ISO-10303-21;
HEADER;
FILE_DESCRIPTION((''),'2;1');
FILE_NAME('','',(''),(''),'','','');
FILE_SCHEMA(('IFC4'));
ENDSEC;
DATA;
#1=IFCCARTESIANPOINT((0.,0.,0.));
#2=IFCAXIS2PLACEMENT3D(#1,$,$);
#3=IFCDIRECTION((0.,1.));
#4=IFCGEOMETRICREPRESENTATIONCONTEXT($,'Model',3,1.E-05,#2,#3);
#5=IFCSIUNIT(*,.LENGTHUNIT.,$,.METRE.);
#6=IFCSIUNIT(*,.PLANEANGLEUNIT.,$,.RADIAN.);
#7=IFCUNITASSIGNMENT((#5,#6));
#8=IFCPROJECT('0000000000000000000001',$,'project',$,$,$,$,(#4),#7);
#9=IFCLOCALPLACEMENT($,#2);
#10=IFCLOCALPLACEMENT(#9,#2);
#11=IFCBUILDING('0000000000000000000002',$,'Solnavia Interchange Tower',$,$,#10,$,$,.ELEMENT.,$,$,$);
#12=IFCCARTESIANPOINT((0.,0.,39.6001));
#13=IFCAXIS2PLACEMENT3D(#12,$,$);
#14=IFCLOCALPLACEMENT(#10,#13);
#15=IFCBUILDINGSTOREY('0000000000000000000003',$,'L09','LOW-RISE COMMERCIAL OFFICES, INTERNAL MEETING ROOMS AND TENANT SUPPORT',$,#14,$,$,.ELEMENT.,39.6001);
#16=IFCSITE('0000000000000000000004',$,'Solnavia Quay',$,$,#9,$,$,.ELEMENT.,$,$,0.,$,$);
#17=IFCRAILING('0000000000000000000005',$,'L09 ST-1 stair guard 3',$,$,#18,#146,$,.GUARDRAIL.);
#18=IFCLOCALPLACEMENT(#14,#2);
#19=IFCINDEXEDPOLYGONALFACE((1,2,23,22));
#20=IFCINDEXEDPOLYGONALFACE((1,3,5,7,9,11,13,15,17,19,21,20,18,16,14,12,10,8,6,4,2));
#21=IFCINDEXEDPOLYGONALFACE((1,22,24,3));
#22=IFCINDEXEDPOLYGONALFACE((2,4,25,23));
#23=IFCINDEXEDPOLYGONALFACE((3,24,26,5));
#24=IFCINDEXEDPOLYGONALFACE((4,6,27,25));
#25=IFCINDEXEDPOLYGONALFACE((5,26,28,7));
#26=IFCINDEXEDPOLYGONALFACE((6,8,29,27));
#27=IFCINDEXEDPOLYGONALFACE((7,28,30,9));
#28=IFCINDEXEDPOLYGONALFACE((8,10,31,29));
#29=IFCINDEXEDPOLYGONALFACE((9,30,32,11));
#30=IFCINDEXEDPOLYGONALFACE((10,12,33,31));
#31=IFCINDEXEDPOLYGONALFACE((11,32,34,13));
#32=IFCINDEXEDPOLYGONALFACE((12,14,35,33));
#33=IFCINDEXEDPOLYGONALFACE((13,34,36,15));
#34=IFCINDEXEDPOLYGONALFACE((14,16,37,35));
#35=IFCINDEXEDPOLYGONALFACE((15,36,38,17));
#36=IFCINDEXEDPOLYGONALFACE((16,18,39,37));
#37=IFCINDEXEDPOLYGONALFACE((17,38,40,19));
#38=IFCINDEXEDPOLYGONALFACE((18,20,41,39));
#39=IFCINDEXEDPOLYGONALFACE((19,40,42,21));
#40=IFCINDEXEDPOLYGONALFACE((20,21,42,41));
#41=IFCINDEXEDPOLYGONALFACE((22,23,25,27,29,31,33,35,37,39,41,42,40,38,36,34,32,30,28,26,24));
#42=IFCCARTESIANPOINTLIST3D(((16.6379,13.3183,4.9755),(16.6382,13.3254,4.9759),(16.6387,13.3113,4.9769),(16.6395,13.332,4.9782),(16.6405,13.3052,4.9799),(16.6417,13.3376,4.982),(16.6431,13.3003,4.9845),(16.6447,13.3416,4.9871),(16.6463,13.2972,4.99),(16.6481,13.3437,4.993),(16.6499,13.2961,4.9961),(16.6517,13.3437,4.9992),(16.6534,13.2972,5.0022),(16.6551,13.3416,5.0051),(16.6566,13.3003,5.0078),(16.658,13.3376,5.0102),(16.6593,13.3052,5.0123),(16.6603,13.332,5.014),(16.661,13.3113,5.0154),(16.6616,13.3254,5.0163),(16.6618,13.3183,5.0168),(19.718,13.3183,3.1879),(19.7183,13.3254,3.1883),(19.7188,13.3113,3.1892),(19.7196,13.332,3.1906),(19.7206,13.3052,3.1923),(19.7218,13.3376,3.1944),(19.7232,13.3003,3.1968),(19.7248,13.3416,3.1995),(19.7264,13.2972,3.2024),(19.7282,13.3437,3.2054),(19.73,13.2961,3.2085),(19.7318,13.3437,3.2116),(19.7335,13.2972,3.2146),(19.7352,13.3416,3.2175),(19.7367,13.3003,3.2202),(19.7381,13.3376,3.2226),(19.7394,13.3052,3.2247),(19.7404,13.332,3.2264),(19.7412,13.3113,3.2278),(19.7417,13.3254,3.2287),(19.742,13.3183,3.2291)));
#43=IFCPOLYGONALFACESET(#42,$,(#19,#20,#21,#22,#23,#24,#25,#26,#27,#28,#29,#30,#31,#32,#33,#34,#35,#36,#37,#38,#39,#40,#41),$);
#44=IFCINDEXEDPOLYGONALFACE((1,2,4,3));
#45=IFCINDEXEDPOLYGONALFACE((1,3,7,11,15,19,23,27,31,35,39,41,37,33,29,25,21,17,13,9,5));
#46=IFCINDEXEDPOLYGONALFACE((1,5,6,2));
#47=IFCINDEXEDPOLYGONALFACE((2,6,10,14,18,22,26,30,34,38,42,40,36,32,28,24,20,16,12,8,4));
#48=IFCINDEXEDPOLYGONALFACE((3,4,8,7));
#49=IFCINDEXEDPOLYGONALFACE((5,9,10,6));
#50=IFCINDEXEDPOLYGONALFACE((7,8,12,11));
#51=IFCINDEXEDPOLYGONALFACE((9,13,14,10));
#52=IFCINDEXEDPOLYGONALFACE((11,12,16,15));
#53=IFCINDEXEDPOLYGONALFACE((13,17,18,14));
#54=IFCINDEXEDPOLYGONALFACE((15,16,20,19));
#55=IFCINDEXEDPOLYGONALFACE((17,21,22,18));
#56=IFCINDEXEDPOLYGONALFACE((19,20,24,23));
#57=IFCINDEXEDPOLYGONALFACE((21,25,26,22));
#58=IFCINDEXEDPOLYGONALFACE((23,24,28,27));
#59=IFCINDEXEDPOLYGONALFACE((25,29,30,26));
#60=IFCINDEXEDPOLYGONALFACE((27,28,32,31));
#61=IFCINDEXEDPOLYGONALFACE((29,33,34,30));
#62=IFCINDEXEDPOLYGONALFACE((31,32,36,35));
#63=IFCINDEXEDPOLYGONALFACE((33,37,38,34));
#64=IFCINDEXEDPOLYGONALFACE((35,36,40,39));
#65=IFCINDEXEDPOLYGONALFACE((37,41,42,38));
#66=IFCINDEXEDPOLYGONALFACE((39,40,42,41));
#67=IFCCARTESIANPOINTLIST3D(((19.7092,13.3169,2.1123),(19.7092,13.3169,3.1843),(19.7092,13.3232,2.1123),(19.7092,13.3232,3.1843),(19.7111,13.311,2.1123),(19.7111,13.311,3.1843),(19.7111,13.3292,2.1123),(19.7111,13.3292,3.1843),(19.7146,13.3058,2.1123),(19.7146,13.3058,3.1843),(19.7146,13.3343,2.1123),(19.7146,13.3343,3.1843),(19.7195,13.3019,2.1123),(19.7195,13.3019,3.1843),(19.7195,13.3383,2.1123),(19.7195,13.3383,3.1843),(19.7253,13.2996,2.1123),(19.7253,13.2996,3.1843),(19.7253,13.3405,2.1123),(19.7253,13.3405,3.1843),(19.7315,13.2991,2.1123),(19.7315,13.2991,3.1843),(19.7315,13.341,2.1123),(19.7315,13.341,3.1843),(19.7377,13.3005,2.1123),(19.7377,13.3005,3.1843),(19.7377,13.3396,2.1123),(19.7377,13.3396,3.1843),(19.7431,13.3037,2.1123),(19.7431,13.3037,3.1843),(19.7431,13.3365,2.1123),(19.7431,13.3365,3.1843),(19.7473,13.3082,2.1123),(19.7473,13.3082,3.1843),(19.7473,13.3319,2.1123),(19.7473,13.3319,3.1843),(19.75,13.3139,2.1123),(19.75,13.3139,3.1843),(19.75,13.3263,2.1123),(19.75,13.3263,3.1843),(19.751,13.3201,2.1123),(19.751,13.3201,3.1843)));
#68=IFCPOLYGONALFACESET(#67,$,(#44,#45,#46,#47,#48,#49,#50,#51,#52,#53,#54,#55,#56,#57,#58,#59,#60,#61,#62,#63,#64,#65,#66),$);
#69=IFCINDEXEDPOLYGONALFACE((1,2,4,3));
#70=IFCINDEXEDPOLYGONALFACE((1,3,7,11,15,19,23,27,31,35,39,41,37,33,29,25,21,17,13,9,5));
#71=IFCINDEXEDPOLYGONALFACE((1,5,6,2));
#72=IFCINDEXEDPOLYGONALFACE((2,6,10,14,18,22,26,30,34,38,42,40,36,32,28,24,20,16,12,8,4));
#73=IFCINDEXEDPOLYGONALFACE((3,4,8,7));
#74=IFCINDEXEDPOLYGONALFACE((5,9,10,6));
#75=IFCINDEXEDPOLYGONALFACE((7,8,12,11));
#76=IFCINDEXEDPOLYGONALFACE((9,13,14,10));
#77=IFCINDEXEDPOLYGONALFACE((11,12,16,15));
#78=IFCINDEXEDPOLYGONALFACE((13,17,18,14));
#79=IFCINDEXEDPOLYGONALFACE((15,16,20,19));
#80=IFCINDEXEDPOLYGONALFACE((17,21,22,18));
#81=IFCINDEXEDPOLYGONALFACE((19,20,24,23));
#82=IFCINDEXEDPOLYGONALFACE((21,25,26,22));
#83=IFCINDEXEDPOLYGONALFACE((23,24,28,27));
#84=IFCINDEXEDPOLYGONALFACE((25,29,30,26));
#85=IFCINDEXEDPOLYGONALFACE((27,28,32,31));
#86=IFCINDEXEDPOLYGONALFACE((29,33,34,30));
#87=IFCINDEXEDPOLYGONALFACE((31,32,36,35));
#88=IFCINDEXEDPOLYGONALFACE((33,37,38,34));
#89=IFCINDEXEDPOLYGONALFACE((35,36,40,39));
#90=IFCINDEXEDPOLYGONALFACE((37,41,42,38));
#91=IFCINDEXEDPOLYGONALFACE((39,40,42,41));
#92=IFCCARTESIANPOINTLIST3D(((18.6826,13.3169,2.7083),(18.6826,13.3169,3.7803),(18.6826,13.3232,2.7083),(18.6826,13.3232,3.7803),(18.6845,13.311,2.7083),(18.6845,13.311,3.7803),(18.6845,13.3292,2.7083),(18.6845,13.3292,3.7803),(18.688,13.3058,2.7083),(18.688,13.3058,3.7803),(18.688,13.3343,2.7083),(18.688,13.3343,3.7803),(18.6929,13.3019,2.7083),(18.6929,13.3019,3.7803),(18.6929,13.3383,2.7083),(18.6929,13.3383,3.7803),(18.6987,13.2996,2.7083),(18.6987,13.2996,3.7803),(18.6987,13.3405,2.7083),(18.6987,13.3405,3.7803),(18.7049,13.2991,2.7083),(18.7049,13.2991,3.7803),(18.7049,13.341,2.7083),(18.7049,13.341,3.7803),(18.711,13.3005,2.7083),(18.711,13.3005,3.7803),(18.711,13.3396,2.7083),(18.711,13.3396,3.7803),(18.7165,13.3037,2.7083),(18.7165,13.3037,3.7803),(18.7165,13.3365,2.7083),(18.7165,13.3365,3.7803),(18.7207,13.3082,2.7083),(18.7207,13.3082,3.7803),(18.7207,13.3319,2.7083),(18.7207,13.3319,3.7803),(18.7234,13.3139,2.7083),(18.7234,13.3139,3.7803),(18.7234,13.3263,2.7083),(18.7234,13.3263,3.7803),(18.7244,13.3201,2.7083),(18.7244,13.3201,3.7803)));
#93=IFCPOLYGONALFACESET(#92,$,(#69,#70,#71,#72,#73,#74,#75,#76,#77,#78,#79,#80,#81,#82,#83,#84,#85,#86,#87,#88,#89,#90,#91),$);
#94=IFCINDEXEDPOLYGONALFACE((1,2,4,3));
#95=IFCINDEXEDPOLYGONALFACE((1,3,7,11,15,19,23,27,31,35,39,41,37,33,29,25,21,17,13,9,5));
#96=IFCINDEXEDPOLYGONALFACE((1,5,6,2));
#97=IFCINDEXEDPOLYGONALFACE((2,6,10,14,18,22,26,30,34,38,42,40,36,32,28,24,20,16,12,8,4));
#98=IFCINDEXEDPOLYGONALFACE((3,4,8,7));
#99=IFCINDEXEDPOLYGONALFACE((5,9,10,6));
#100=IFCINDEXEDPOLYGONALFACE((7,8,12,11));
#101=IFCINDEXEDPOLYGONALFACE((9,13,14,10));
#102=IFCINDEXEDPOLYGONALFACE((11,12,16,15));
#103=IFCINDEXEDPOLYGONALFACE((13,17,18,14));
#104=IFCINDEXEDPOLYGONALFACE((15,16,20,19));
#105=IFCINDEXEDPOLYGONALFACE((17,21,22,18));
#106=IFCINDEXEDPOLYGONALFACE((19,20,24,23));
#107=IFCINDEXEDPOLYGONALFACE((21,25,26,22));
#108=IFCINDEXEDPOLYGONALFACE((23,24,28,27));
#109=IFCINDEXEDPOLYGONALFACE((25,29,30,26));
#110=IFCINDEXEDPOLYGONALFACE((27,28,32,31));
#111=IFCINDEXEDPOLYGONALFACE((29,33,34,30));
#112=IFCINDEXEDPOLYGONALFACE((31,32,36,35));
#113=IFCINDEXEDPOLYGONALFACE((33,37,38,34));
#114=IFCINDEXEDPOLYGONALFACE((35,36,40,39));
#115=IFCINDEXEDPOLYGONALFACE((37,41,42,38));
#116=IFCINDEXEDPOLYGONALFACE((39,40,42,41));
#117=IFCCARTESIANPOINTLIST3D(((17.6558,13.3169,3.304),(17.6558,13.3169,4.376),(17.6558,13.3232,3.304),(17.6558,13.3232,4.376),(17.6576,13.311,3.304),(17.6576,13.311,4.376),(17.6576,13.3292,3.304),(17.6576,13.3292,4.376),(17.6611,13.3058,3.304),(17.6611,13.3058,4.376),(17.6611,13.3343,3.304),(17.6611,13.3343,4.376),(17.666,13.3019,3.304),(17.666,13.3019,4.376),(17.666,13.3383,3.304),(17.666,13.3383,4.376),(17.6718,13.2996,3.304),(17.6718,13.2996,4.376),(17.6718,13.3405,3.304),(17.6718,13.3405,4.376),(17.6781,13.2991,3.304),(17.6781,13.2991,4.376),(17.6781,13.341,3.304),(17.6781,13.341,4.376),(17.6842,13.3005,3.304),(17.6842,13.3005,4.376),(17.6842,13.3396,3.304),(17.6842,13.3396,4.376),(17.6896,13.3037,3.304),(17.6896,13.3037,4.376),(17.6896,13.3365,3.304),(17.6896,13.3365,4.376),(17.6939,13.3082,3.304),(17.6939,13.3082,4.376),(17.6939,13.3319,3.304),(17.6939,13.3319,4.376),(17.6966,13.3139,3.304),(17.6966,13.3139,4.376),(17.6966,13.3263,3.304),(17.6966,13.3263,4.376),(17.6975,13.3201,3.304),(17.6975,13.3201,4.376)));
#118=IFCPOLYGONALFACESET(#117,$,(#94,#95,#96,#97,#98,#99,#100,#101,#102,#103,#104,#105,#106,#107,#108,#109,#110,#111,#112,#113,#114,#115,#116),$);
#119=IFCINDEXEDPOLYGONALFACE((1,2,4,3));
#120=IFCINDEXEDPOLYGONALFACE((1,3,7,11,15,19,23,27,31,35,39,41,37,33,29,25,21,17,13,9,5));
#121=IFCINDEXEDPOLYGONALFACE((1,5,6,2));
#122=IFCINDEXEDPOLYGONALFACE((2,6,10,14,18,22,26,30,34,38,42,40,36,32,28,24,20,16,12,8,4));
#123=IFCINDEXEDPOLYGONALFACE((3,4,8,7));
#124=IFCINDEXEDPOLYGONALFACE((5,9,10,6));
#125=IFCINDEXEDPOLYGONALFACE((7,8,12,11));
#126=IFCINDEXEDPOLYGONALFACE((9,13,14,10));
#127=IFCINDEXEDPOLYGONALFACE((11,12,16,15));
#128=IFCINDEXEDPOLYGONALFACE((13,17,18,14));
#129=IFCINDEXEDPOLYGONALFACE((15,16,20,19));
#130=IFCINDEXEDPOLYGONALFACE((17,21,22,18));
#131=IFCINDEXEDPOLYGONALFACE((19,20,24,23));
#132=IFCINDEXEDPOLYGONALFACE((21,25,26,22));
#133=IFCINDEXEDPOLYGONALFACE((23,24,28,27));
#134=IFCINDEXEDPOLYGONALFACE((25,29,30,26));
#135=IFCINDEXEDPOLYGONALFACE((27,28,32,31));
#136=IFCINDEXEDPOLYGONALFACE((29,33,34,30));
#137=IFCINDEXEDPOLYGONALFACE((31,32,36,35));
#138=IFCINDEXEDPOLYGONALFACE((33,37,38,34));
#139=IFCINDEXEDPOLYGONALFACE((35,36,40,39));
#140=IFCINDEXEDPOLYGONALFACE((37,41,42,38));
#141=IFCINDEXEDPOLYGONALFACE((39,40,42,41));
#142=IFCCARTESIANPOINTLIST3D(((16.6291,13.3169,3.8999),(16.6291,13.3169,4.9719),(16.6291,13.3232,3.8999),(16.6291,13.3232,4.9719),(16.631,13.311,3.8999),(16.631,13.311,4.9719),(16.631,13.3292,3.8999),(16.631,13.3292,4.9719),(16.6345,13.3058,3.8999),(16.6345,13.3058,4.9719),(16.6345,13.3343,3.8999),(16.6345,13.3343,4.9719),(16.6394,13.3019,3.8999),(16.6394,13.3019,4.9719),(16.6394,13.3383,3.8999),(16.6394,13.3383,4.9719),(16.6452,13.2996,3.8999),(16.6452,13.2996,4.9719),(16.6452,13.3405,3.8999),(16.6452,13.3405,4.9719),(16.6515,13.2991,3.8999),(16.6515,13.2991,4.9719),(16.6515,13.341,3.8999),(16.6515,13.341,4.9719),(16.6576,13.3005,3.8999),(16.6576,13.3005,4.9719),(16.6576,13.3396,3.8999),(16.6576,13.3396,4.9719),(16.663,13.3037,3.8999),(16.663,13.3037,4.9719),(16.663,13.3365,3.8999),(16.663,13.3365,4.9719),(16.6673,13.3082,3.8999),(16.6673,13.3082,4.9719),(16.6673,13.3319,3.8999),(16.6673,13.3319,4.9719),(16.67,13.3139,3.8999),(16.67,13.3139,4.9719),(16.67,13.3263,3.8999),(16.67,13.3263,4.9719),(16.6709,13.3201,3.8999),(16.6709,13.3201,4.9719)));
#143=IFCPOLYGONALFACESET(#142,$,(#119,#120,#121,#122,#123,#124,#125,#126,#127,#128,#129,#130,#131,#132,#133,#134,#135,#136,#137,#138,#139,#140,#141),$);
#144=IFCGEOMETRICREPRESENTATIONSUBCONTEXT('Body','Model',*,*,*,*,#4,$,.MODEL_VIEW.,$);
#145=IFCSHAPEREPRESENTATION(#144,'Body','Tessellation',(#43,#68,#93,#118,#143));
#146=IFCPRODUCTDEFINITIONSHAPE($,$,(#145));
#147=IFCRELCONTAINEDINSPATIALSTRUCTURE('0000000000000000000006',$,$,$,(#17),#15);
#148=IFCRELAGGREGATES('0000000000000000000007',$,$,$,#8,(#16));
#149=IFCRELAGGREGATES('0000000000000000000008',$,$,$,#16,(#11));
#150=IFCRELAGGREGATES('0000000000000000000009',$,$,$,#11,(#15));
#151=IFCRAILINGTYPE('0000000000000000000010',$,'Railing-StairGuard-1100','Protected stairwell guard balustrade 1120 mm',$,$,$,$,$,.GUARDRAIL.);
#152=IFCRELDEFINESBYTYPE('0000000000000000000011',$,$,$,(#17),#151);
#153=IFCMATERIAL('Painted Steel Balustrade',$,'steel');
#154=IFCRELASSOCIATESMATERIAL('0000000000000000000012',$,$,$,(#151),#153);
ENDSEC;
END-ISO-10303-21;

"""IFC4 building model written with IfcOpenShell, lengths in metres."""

from ifc_helpers import new_model, si_unit, direction, frame, origin, origin_2d, place, context, subcontext, project, spatial, circle, extrude, material, type_object, element, save


model = new_model("IFC4")

# Units and contexts
model_context = context("Model", 3, precision=1e-05, world=origin(), true_north=direction((0.0, 1.0)))
body_context = subcontext(model_context, "Body", "Model", "MODEL_VIEW")
ifc_project = project(units=[si_unit("LENGTHUNIT", "METRE"), si_unit("PLANEANGLEUNIT", "RADIAN")], contexts=[model_context])

# Site, building, storey
site_placement = place(None, origin())
site = spatial("IfcSite", under=ifc_project, at=site_placement, Name="Solnavia Quay", CompositionType="ELEMENT", RefElevation=0.0)
building_placement = place(site_placement, origin())
building = spatial("IfcBuilding", under=site, at=building_placement, Name="Solnavia Interchange Tower", CompositionType="ELEMENT")
storey_placement = place(building_placement, frame((0.0, 0.0, 39.6001)))
storey = spatial("IfcBuildingStorey", under=building, at=storey_placement, Name="L09", Description="LOW-RISE COMMERCIAL OFFICES, INTERNAL MEETING ROOMS AND TENANT SUPPORT", CompositionType="ELEMENT", Elevation=39.6001)

# Railing
ifc_material_1 = material(Name="Painted Steel Balustrade", Category="steel")
railing_type_1 = type_object("IfcRailingType", Name="Railing-StairGuard-1100", Description="Protected stairwell guard balustrade 1120 mm", PredefinedType="GUARDRAIL", material=ifc_material_1)
railing_1_placement = place(storey_placement, frame((19.73, 13.3201, 2.1123)))
element("IfcRailing", 1, at=railing_1_placement, inside=storey, type_object=railing_type_1, Name="L09 ST-1 stair guard 3", PredefinedType="GUARDRAIL", context=body_context, shape_type="SweptSolid", body=[
    extrude(circle(Radius=0.0239, at=origin_2d()), frame((0.0, 0.0, 1.0962), z_axis=(-0.864891, 0.0, 0.50196), x_axis=(0.0, -1.0, 0.0)), (0.0, 0.0, 1.0), 3.5613),
    extrude(circle(Radius=0.021, at=origin_2d()), origin(), (0.0, 0.0, 1.0), 1.072),
    extrude(circle(Radius=0.021, at=origin_2d()), frame((-1.0266, 0.0, 0.5959)), (0.0, 0.0, 1.0), 1.072),
    extrude(circle(Radius=0.021, at=origin_2d()), frame((-2.0535, 0.0, 1.1917)), (0.0, 0.0, 1.0), 1.072),
    extrude(circle(Radius=0.021, at=origin_2d()), frame((-3.0801, 0.0, 1.7876)), (0.0, 0.0, 1.0), 1.072),
])

save(model, "model.ifc")
